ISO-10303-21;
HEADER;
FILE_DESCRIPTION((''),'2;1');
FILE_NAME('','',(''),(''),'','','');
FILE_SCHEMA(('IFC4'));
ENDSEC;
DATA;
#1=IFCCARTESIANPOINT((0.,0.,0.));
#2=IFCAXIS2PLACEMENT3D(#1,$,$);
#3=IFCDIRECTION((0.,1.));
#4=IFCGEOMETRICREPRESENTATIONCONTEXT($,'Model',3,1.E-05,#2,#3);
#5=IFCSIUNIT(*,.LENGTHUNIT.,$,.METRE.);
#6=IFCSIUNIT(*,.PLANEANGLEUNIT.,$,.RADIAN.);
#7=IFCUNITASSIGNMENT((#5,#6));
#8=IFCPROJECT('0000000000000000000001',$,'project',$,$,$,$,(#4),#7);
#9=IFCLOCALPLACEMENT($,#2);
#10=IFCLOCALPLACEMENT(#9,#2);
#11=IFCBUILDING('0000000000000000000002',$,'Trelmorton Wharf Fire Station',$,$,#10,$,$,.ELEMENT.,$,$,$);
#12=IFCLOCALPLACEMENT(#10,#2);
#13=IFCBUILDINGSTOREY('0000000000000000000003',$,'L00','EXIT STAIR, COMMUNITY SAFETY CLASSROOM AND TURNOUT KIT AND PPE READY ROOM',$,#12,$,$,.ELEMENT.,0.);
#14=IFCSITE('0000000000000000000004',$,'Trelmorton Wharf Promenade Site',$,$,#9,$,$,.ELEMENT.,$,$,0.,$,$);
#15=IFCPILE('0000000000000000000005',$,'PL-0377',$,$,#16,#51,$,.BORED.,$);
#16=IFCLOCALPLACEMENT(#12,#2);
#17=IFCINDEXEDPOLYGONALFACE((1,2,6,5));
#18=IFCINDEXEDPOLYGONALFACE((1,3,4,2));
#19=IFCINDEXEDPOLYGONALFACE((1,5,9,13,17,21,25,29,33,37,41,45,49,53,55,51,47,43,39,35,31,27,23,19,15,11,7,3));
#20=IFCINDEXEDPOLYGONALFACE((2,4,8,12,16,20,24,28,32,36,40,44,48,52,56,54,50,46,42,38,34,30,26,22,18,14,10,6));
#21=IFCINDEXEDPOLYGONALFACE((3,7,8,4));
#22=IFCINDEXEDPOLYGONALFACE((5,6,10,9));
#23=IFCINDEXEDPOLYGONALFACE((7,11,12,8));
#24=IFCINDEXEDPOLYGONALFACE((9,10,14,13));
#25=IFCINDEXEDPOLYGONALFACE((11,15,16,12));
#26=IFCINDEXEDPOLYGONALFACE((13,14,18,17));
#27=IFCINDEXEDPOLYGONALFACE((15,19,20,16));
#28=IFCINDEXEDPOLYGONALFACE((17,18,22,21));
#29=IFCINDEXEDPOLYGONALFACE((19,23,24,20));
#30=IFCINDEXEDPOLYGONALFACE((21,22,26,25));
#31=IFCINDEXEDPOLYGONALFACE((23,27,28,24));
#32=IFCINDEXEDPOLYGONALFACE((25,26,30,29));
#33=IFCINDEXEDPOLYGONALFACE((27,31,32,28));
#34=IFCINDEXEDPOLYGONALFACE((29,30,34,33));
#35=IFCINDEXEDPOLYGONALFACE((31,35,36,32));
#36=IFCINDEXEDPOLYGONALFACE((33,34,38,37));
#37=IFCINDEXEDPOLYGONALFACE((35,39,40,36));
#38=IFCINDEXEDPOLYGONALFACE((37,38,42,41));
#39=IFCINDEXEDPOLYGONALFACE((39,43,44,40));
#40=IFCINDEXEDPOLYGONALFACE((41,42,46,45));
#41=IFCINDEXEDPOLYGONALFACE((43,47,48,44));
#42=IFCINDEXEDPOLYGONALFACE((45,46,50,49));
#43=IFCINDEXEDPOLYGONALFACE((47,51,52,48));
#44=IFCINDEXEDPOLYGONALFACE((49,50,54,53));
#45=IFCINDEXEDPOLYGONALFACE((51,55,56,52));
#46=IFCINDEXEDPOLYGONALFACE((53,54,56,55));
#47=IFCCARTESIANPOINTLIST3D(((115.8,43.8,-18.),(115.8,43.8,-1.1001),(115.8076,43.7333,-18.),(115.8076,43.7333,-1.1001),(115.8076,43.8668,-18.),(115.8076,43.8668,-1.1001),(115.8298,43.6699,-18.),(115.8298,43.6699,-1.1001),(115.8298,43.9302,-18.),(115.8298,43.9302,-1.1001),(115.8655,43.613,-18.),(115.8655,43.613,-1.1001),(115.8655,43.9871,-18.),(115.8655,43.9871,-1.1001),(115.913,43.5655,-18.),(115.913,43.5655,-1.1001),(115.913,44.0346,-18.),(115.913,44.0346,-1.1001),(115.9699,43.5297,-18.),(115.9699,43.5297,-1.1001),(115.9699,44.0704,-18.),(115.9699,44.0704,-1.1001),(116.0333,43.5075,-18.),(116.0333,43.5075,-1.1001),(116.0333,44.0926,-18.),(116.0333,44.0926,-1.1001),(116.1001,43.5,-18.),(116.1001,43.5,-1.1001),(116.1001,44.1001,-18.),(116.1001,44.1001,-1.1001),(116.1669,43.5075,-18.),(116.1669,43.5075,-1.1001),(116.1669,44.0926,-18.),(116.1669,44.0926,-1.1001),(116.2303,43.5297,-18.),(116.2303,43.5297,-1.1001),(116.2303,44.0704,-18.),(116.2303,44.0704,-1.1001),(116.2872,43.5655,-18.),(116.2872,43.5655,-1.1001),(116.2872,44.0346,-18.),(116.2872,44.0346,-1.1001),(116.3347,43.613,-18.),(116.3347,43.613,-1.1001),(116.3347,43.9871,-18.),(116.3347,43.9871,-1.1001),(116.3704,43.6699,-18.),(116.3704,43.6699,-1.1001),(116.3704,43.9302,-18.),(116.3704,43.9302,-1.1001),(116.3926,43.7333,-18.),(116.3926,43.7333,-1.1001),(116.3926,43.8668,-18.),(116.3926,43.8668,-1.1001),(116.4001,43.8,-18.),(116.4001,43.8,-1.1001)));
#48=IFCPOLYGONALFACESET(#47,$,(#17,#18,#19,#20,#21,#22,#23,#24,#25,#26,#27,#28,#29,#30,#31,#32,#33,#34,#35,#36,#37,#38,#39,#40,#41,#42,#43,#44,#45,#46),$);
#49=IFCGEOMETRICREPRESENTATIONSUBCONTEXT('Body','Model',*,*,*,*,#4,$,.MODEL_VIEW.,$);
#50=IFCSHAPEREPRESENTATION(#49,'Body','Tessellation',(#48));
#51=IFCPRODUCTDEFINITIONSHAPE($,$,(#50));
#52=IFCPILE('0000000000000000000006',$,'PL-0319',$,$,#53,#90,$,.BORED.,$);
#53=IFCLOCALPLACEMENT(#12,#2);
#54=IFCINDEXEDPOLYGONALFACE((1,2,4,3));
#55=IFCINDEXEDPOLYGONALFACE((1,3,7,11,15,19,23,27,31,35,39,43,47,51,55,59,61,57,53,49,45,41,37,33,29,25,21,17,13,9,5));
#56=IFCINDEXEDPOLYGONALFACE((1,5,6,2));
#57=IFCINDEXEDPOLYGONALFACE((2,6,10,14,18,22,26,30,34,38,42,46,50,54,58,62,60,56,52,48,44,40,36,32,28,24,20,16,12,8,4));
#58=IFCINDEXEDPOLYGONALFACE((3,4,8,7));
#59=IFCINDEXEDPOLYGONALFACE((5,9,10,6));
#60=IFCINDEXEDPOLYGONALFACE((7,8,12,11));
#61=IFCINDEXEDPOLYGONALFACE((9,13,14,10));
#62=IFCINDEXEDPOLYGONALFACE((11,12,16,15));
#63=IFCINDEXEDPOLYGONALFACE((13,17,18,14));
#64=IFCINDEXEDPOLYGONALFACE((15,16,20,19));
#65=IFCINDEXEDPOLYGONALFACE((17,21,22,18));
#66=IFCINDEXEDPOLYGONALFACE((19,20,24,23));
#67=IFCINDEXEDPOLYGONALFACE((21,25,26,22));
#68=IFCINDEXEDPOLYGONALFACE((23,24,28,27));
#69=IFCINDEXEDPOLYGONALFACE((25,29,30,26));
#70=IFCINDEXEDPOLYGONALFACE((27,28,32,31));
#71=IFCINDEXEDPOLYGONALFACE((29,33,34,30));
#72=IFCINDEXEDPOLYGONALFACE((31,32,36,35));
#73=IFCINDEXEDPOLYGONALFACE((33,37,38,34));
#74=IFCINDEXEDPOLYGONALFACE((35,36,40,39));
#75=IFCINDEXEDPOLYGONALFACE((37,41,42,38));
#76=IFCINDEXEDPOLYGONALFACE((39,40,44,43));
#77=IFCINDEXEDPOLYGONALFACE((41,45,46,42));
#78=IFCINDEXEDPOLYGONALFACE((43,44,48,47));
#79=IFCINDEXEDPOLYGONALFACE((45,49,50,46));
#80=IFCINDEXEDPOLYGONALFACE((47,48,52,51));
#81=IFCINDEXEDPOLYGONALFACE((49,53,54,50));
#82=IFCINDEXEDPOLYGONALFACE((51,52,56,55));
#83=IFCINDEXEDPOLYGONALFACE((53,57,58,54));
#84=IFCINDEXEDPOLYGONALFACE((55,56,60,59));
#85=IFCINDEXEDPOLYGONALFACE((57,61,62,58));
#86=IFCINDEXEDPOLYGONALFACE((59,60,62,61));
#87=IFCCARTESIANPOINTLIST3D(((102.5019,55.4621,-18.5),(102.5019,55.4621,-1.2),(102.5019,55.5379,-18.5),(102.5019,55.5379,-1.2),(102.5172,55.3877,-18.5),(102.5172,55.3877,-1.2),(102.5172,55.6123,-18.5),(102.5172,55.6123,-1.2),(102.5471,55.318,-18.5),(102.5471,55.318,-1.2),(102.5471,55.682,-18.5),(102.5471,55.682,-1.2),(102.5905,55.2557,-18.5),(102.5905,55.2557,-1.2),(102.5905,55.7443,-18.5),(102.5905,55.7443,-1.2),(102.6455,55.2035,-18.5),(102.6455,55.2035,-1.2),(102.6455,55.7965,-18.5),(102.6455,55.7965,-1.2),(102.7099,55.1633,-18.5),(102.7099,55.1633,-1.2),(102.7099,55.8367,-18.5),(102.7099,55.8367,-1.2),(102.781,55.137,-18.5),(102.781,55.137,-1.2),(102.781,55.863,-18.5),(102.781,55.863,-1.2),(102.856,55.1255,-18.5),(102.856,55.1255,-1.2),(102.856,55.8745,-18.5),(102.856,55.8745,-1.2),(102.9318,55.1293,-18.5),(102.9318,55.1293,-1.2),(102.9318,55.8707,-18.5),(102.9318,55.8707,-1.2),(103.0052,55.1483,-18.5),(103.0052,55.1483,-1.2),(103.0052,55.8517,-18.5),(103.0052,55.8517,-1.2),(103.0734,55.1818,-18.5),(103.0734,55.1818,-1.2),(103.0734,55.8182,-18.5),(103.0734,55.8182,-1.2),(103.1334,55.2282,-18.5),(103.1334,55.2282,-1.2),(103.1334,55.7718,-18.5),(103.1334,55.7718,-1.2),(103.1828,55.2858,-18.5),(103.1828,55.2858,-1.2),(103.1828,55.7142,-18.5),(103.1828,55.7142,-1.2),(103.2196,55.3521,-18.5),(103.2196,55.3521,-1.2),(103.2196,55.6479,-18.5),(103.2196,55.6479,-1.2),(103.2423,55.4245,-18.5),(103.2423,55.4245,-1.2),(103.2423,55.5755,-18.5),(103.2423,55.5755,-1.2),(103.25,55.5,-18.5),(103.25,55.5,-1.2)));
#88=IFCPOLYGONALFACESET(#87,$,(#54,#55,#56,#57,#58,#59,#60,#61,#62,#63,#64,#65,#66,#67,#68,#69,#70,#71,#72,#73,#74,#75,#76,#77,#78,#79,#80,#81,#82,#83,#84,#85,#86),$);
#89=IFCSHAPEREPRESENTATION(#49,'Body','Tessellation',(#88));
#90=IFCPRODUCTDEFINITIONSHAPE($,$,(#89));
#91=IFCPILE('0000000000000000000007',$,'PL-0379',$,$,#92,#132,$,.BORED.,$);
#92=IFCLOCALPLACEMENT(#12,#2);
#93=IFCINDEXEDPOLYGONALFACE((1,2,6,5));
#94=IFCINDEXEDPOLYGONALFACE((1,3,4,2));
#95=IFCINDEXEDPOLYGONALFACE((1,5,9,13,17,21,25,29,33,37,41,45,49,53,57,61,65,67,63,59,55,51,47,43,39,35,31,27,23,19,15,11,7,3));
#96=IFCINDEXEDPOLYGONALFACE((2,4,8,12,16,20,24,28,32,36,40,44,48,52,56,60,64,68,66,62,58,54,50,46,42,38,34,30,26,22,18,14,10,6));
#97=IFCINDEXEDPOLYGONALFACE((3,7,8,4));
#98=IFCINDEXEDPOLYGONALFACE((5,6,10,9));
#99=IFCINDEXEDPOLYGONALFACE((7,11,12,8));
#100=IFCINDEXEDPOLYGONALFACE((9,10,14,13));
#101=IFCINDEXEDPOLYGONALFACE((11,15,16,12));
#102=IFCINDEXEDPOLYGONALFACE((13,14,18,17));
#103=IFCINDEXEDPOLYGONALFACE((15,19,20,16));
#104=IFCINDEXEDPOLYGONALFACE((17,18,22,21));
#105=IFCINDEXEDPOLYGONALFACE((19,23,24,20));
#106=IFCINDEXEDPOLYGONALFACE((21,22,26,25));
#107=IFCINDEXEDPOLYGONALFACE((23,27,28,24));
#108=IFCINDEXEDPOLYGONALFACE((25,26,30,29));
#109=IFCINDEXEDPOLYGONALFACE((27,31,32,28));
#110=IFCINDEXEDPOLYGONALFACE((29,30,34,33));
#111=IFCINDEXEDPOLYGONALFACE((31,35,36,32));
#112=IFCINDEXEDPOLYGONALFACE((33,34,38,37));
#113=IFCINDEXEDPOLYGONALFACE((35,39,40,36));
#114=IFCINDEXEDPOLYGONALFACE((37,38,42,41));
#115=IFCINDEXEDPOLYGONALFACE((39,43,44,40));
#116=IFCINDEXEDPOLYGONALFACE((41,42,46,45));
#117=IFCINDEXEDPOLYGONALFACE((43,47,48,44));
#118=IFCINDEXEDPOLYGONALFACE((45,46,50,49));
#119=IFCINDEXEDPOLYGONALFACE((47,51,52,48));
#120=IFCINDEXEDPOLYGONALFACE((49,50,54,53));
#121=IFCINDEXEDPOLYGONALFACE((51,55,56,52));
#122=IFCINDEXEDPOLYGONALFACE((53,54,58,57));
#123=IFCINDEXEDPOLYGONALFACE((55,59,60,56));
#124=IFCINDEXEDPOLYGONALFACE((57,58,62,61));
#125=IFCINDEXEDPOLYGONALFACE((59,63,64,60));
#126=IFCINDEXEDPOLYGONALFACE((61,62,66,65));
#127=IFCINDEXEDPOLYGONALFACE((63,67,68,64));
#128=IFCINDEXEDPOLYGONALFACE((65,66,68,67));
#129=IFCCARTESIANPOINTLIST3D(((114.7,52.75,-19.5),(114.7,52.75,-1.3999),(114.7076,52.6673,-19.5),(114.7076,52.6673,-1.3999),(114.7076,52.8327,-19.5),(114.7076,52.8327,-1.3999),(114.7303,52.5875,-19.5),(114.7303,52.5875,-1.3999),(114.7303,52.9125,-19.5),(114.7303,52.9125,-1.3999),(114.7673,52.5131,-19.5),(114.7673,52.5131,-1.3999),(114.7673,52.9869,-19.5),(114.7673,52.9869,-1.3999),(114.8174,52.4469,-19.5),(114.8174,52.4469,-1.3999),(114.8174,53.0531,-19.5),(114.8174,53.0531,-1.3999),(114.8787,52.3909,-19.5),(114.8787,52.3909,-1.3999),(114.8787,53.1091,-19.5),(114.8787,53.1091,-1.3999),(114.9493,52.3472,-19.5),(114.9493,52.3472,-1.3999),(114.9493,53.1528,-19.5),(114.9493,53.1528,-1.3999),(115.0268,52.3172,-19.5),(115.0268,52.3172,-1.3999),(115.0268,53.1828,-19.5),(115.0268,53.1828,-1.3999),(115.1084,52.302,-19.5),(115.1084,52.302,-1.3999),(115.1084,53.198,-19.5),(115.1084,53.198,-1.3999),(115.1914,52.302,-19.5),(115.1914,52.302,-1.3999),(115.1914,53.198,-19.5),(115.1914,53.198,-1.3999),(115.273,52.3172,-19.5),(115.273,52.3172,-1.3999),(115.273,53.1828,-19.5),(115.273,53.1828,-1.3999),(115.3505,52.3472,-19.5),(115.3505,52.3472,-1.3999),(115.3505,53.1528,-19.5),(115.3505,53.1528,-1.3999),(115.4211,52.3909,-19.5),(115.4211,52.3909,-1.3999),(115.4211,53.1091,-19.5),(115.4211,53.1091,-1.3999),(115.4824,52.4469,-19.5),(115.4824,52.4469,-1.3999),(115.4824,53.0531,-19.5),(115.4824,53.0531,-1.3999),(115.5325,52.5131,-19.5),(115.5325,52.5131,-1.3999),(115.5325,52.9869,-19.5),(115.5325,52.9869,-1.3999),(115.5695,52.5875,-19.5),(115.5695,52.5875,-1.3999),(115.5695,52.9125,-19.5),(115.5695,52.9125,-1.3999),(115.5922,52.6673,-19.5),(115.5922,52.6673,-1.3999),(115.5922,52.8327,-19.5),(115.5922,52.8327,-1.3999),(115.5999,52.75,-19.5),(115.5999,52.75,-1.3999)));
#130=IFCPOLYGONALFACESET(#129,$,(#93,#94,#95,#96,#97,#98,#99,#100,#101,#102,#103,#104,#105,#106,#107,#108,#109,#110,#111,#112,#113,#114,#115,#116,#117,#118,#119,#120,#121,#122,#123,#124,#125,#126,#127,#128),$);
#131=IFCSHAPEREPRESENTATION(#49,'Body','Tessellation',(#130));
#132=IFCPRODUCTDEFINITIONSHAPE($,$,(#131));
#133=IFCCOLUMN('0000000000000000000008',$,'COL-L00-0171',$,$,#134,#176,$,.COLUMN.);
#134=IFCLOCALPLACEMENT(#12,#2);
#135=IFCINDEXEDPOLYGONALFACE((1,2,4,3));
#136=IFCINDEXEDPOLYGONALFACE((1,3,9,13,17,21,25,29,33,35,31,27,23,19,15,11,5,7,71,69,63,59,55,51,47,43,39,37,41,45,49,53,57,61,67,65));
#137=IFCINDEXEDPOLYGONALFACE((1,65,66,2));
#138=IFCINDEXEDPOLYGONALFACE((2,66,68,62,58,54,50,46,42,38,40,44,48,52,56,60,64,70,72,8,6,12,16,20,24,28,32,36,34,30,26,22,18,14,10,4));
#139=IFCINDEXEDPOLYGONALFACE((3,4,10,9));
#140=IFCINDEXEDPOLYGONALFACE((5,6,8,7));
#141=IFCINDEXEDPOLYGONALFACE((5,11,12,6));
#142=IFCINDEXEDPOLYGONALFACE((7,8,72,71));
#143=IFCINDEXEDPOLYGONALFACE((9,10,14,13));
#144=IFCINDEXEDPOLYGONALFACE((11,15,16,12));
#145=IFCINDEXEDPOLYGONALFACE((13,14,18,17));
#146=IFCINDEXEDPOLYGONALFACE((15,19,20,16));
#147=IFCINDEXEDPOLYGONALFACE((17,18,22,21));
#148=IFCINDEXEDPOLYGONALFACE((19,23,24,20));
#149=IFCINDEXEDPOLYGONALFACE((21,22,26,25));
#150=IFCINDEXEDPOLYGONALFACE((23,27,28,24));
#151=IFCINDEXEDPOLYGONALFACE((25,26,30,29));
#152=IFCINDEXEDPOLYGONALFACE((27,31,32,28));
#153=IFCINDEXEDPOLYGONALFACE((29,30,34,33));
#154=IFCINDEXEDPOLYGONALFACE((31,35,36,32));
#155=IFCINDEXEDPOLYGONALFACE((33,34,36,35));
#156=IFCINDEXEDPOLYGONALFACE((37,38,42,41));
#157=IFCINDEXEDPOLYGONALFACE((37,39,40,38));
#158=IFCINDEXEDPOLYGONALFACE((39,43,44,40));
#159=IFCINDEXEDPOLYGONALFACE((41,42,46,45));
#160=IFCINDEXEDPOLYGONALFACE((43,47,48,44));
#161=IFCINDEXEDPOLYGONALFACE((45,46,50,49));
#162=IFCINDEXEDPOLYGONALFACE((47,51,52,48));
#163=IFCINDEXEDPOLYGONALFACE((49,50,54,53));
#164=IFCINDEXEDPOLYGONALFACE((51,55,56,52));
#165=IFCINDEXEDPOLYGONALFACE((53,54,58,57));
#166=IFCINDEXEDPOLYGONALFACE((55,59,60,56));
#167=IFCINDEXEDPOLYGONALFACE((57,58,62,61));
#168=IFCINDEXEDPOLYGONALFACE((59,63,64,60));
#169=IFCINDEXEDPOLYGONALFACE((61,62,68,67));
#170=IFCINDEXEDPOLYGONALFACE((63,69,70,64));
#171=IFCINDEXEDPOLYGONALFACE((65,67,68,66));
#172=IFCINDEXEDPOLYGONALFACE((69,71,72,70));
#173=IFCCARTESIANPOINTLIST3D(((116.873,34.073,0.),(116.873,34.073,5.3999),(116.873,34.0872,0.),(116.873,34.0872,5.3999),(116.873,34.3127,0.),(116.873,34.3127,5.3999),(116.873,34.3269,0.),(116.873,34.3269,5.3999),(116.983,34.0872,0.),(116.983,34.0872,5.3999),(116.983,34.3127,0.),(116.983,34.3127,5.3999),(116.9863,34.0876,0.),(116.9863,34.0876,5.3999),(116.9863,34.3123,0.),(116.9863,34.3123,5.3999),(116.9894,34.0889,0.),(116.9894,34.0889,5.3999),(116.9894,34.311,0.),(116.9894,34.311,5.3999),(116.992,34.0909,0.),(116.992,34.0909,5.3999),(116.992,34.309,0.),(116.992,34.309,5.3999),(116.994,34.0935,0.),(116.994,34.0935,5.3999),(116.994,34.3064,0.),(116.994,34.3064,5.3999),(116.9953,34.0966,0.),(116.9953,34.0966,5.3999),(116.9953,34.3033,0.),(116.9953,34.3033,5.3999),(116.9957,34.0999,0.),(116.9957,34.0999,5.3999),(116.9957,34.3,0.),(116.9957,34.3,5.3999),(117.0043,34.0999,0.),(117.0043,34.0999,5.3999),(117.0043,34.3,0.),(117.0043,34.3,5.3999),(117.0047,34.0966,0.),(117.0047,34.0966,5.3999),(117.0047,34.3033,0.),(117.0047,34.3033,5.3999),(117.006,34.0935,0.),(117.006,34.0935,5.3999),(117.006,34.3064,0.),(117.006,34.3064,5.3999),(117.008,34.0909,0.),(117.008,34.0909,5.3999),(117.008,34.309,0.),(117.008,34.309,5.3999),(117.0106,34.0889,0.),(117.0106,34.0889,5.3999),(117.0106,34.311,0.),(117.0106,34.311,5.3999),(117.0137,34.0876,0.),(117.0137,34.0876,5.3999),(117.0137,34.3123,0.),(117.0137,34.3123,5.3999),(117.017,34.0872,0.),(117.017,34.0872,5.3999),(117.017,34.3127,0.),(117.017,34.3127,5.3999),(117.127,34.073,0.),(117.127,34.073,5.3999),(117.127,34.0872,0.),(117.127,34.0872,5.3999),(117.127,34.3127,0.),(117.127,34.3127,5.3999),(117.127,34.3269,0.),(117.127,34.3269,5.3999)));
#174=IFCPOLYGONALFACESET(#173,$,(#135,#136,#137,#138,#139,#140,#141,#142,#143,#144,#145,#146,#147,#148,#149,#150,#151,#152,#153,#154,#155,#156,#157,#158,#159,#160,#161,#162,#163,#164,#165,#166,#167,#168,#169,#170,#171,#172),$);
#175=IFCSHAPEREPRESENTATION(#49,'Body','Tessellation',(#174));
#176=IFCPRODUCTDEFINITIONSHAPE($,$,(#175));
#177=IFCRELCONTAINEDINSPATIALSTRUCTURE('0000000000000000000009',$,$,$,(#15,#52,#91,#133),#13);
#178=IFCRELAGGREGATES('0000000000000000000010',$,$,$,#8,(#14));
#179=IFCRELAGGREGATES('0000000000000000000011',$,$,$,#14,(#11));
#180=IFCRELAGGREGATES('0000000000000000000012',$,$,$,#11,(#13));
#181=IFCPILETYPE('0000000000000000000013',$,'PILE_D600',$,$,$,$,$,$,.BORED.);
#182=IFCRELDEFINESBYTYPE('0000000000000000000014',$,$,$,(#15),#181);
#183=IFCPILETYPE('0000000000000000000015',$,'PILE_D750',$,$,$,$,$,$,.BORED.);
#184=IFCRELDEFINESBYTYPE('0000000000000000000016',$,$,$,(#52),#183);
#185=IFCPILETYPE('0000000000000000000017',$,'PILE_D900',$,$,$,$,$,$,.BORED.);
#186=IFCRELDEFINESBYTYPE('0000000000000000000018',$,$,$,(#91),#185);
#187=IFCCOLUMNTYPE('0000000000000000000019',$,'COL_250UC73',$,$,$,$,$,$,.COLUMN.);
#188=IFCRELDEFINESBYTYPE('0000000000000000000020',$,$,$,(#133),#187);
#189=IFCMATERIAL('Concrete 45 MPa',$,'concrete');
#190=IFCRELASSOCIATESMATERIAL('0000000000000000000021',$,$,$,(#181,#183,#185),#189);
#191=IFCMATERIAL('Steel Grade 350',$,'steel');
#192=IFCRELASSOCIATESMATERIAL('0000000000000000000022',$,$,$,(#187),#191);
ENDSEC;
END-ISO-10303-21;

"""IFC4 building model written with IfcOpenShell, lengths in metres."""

from ifc_helpers import new_model, si_unit, direction, frame, origin, origin_2d, place, context, subcontext, project, spatial, circle, i_section, extrude, material, material_profile, profile_set, type_object, element, save


model = new_model("IFC4")

# Units and contexts
model_context = context("Model", 3, precision=1e-05, world=origin(), true_north=direction((0.0, 1.0)))
body_context = subcontext(model_context, "Body", "Model", "MODEL_VIEW")
ifc_project = project(units=[si_unit("LENGTHUNIT", "METRE"), si_unit("PLANEANGLEUNIT", "RADIAN")], contexts=[model_context])

# Site, building, storey
site_placement = place(None, origin())
site = spatial("IfcSite", under=ifc_project, at=site_placement, Name="Trelmorton Wharf Promenade Site", CompositionType="ELEMENT", RefElevation=0.0)
building_placement = place(site_placement, origin())
building = spatial("IfcBuilding", under=site, at=building_placement, Name="Trelmorton Wharf Fire Station", CompositionType="ELEMENT")
storey_placement = place(building_placement, origin())
storey = spatial("IfcBuildingStorey", under=building, at=storey_placement, Name="L00", Description="EXIT STAIR, COMMUNITY SAFETY CLASSROOM AND TURNOUT KIT AND PPE READY ROOM", CompositionType="ELEMENT", Elevation=0.0)

# Piles
ifc_material_1 = material(Name="Concrete 45 MPa", Category="concrete")
ifc_material_profile_1 = material_profile(ifc_material_1, circle(Radius=0.3, at=origin_2d()), Name="PILE-D600")
ifc_profile_set_1 = profile_set([ifc_material_profile_1], Name="Concrete 45 MPa")
pile_type_1 = type_object("IfcPileType", Name="PILE_D600", PredefinedType="BORED", material=ifc_profile_set_1)
for number, where, z_axis, x_axis, name in (
    (1, (116.1001, 43.8, -1.1001), (0.0, 0.0, -1.0), (1.0, 0.0, 0.0), "PL-0377"),
):
    element("IfcPile", number, at=place(storey_placement, frame(where, z_axis=z_axis, x_axis=x_axis)), inside=storey, type_object=pile_type_1, Name=name, PredefinedType="BORED", context=body_context, shape_type="SweptSolid", body=[
        extrude(circle(Radius=0.3, at=origin_2d()), origin(), (0.0, 0.0, 1.0), 16.8999),
    ])
ifc_material_profile_2 = material_profile(ifc_material_1, circle(Radius=0.375, at=origin_2d()), Name="PILE-D750")
ifc_profile_set_2 = profile_set([ifc_material_profile_2], Name="Concrete 45 MPa")
pile_type_2 = type_object("IfcPileType", Name="PILE_D750", PredefinedType="BORED", material=ifc_profile_set_2)
pile_1_placement = place(storey_placement, frame((102.875, 55.5, -1.2), z_axis=(0.0, 0.0, -1.0), x_axis=(1.0, 0.0, 0.0)))
element("IfcPile", 2, at=pile_1_placement, inside=storey, type_object=pile_type_2, Name="PL-0319", PredefinedType="BORED", context=body_context, shape_type="SweptSolid", body=[
    extrude(circle(Radius=0.375, at=origin_2d()), origin(), (0.0, 0.0, 1.0), 17.3),
])
ifc_material_profile_3 = material_profile(ifc_material_1, circle(Radius=0.45, at=origin_2d()), Name="PILE-D900")
ifc_profile_set_3 = profile_set([ifc_material_profile_3], Name="Concrete 45 MPa")
pile_type_3 = type_object("IfcPileType", Name="PILE_D900", PredefinedType="BORED", material=ifc_profile_set_3)
pile_2_placement = place(storey_placement, frame((115.1499, 52.75, -1.3999), z_axis=(0.0, 0.0, -1.0), x_axis=(1.0, 0.0, 0.0)))
element("IfcPile", 3, at=pile_2_placement, inside=storey, type_object=pile_type_3, Name="PL-0379", PredefinedType="BORED", context=body_context, shape_type="SweptSolid", body=[
    extrude(circle(Radius=0.45, at=origin_2d()), origin(), (0.0, 0.0, 1.0), 18.1001),
])

# Column
ifc_material_2 = material(Name="Steel Grade 350", Category="steel")
ifc_material_profile_4 = material_profile(ifc_material_2, i_section(OverallWidth=0.2539, OverallDepth=0.2539, WebThickness=0.0085, FlangeThickness=0.0142, FilletRadius=0.0127, at=origin_2d()), Name="250UC72.9")
ifc_profile_set_4 = profile_set([ifc_material_profile_4], Name="Steel Grade 350")
column_type_1 = type_object("IfcColumnType", Name="COL_250UC73", PredefinedType="COLUMN", material=ifc_profile_set_4)
for number, where, z_axis, x_axis, name in (
    (4, (117.0, 34.2, 0.0), (0.0, 0.0, 1.0), (1.0, 0.0, 0.0), "COL-L00-0171"),
):
    element("IfcColumn", number, at=place(storey_placement, frame(where, z_axis=z_axis, x_axis=x_axis)), inside=storey, type_object=column_type_1, Name=name, PredefinedType="COLUMN", context=body_context, shape_type="SweptSolid", body=[
        extrude(i_section(OverallWidth=0.2539, OverallDepth=0.2539, WebThickness=0.0085, FlangeThickness=0.0142, FilletRadius=0.0127, at=origin_2d()), origin(), (0.0, 0.0, 1.0), 5.3999),
    ])

save(model, "model.ifc")
